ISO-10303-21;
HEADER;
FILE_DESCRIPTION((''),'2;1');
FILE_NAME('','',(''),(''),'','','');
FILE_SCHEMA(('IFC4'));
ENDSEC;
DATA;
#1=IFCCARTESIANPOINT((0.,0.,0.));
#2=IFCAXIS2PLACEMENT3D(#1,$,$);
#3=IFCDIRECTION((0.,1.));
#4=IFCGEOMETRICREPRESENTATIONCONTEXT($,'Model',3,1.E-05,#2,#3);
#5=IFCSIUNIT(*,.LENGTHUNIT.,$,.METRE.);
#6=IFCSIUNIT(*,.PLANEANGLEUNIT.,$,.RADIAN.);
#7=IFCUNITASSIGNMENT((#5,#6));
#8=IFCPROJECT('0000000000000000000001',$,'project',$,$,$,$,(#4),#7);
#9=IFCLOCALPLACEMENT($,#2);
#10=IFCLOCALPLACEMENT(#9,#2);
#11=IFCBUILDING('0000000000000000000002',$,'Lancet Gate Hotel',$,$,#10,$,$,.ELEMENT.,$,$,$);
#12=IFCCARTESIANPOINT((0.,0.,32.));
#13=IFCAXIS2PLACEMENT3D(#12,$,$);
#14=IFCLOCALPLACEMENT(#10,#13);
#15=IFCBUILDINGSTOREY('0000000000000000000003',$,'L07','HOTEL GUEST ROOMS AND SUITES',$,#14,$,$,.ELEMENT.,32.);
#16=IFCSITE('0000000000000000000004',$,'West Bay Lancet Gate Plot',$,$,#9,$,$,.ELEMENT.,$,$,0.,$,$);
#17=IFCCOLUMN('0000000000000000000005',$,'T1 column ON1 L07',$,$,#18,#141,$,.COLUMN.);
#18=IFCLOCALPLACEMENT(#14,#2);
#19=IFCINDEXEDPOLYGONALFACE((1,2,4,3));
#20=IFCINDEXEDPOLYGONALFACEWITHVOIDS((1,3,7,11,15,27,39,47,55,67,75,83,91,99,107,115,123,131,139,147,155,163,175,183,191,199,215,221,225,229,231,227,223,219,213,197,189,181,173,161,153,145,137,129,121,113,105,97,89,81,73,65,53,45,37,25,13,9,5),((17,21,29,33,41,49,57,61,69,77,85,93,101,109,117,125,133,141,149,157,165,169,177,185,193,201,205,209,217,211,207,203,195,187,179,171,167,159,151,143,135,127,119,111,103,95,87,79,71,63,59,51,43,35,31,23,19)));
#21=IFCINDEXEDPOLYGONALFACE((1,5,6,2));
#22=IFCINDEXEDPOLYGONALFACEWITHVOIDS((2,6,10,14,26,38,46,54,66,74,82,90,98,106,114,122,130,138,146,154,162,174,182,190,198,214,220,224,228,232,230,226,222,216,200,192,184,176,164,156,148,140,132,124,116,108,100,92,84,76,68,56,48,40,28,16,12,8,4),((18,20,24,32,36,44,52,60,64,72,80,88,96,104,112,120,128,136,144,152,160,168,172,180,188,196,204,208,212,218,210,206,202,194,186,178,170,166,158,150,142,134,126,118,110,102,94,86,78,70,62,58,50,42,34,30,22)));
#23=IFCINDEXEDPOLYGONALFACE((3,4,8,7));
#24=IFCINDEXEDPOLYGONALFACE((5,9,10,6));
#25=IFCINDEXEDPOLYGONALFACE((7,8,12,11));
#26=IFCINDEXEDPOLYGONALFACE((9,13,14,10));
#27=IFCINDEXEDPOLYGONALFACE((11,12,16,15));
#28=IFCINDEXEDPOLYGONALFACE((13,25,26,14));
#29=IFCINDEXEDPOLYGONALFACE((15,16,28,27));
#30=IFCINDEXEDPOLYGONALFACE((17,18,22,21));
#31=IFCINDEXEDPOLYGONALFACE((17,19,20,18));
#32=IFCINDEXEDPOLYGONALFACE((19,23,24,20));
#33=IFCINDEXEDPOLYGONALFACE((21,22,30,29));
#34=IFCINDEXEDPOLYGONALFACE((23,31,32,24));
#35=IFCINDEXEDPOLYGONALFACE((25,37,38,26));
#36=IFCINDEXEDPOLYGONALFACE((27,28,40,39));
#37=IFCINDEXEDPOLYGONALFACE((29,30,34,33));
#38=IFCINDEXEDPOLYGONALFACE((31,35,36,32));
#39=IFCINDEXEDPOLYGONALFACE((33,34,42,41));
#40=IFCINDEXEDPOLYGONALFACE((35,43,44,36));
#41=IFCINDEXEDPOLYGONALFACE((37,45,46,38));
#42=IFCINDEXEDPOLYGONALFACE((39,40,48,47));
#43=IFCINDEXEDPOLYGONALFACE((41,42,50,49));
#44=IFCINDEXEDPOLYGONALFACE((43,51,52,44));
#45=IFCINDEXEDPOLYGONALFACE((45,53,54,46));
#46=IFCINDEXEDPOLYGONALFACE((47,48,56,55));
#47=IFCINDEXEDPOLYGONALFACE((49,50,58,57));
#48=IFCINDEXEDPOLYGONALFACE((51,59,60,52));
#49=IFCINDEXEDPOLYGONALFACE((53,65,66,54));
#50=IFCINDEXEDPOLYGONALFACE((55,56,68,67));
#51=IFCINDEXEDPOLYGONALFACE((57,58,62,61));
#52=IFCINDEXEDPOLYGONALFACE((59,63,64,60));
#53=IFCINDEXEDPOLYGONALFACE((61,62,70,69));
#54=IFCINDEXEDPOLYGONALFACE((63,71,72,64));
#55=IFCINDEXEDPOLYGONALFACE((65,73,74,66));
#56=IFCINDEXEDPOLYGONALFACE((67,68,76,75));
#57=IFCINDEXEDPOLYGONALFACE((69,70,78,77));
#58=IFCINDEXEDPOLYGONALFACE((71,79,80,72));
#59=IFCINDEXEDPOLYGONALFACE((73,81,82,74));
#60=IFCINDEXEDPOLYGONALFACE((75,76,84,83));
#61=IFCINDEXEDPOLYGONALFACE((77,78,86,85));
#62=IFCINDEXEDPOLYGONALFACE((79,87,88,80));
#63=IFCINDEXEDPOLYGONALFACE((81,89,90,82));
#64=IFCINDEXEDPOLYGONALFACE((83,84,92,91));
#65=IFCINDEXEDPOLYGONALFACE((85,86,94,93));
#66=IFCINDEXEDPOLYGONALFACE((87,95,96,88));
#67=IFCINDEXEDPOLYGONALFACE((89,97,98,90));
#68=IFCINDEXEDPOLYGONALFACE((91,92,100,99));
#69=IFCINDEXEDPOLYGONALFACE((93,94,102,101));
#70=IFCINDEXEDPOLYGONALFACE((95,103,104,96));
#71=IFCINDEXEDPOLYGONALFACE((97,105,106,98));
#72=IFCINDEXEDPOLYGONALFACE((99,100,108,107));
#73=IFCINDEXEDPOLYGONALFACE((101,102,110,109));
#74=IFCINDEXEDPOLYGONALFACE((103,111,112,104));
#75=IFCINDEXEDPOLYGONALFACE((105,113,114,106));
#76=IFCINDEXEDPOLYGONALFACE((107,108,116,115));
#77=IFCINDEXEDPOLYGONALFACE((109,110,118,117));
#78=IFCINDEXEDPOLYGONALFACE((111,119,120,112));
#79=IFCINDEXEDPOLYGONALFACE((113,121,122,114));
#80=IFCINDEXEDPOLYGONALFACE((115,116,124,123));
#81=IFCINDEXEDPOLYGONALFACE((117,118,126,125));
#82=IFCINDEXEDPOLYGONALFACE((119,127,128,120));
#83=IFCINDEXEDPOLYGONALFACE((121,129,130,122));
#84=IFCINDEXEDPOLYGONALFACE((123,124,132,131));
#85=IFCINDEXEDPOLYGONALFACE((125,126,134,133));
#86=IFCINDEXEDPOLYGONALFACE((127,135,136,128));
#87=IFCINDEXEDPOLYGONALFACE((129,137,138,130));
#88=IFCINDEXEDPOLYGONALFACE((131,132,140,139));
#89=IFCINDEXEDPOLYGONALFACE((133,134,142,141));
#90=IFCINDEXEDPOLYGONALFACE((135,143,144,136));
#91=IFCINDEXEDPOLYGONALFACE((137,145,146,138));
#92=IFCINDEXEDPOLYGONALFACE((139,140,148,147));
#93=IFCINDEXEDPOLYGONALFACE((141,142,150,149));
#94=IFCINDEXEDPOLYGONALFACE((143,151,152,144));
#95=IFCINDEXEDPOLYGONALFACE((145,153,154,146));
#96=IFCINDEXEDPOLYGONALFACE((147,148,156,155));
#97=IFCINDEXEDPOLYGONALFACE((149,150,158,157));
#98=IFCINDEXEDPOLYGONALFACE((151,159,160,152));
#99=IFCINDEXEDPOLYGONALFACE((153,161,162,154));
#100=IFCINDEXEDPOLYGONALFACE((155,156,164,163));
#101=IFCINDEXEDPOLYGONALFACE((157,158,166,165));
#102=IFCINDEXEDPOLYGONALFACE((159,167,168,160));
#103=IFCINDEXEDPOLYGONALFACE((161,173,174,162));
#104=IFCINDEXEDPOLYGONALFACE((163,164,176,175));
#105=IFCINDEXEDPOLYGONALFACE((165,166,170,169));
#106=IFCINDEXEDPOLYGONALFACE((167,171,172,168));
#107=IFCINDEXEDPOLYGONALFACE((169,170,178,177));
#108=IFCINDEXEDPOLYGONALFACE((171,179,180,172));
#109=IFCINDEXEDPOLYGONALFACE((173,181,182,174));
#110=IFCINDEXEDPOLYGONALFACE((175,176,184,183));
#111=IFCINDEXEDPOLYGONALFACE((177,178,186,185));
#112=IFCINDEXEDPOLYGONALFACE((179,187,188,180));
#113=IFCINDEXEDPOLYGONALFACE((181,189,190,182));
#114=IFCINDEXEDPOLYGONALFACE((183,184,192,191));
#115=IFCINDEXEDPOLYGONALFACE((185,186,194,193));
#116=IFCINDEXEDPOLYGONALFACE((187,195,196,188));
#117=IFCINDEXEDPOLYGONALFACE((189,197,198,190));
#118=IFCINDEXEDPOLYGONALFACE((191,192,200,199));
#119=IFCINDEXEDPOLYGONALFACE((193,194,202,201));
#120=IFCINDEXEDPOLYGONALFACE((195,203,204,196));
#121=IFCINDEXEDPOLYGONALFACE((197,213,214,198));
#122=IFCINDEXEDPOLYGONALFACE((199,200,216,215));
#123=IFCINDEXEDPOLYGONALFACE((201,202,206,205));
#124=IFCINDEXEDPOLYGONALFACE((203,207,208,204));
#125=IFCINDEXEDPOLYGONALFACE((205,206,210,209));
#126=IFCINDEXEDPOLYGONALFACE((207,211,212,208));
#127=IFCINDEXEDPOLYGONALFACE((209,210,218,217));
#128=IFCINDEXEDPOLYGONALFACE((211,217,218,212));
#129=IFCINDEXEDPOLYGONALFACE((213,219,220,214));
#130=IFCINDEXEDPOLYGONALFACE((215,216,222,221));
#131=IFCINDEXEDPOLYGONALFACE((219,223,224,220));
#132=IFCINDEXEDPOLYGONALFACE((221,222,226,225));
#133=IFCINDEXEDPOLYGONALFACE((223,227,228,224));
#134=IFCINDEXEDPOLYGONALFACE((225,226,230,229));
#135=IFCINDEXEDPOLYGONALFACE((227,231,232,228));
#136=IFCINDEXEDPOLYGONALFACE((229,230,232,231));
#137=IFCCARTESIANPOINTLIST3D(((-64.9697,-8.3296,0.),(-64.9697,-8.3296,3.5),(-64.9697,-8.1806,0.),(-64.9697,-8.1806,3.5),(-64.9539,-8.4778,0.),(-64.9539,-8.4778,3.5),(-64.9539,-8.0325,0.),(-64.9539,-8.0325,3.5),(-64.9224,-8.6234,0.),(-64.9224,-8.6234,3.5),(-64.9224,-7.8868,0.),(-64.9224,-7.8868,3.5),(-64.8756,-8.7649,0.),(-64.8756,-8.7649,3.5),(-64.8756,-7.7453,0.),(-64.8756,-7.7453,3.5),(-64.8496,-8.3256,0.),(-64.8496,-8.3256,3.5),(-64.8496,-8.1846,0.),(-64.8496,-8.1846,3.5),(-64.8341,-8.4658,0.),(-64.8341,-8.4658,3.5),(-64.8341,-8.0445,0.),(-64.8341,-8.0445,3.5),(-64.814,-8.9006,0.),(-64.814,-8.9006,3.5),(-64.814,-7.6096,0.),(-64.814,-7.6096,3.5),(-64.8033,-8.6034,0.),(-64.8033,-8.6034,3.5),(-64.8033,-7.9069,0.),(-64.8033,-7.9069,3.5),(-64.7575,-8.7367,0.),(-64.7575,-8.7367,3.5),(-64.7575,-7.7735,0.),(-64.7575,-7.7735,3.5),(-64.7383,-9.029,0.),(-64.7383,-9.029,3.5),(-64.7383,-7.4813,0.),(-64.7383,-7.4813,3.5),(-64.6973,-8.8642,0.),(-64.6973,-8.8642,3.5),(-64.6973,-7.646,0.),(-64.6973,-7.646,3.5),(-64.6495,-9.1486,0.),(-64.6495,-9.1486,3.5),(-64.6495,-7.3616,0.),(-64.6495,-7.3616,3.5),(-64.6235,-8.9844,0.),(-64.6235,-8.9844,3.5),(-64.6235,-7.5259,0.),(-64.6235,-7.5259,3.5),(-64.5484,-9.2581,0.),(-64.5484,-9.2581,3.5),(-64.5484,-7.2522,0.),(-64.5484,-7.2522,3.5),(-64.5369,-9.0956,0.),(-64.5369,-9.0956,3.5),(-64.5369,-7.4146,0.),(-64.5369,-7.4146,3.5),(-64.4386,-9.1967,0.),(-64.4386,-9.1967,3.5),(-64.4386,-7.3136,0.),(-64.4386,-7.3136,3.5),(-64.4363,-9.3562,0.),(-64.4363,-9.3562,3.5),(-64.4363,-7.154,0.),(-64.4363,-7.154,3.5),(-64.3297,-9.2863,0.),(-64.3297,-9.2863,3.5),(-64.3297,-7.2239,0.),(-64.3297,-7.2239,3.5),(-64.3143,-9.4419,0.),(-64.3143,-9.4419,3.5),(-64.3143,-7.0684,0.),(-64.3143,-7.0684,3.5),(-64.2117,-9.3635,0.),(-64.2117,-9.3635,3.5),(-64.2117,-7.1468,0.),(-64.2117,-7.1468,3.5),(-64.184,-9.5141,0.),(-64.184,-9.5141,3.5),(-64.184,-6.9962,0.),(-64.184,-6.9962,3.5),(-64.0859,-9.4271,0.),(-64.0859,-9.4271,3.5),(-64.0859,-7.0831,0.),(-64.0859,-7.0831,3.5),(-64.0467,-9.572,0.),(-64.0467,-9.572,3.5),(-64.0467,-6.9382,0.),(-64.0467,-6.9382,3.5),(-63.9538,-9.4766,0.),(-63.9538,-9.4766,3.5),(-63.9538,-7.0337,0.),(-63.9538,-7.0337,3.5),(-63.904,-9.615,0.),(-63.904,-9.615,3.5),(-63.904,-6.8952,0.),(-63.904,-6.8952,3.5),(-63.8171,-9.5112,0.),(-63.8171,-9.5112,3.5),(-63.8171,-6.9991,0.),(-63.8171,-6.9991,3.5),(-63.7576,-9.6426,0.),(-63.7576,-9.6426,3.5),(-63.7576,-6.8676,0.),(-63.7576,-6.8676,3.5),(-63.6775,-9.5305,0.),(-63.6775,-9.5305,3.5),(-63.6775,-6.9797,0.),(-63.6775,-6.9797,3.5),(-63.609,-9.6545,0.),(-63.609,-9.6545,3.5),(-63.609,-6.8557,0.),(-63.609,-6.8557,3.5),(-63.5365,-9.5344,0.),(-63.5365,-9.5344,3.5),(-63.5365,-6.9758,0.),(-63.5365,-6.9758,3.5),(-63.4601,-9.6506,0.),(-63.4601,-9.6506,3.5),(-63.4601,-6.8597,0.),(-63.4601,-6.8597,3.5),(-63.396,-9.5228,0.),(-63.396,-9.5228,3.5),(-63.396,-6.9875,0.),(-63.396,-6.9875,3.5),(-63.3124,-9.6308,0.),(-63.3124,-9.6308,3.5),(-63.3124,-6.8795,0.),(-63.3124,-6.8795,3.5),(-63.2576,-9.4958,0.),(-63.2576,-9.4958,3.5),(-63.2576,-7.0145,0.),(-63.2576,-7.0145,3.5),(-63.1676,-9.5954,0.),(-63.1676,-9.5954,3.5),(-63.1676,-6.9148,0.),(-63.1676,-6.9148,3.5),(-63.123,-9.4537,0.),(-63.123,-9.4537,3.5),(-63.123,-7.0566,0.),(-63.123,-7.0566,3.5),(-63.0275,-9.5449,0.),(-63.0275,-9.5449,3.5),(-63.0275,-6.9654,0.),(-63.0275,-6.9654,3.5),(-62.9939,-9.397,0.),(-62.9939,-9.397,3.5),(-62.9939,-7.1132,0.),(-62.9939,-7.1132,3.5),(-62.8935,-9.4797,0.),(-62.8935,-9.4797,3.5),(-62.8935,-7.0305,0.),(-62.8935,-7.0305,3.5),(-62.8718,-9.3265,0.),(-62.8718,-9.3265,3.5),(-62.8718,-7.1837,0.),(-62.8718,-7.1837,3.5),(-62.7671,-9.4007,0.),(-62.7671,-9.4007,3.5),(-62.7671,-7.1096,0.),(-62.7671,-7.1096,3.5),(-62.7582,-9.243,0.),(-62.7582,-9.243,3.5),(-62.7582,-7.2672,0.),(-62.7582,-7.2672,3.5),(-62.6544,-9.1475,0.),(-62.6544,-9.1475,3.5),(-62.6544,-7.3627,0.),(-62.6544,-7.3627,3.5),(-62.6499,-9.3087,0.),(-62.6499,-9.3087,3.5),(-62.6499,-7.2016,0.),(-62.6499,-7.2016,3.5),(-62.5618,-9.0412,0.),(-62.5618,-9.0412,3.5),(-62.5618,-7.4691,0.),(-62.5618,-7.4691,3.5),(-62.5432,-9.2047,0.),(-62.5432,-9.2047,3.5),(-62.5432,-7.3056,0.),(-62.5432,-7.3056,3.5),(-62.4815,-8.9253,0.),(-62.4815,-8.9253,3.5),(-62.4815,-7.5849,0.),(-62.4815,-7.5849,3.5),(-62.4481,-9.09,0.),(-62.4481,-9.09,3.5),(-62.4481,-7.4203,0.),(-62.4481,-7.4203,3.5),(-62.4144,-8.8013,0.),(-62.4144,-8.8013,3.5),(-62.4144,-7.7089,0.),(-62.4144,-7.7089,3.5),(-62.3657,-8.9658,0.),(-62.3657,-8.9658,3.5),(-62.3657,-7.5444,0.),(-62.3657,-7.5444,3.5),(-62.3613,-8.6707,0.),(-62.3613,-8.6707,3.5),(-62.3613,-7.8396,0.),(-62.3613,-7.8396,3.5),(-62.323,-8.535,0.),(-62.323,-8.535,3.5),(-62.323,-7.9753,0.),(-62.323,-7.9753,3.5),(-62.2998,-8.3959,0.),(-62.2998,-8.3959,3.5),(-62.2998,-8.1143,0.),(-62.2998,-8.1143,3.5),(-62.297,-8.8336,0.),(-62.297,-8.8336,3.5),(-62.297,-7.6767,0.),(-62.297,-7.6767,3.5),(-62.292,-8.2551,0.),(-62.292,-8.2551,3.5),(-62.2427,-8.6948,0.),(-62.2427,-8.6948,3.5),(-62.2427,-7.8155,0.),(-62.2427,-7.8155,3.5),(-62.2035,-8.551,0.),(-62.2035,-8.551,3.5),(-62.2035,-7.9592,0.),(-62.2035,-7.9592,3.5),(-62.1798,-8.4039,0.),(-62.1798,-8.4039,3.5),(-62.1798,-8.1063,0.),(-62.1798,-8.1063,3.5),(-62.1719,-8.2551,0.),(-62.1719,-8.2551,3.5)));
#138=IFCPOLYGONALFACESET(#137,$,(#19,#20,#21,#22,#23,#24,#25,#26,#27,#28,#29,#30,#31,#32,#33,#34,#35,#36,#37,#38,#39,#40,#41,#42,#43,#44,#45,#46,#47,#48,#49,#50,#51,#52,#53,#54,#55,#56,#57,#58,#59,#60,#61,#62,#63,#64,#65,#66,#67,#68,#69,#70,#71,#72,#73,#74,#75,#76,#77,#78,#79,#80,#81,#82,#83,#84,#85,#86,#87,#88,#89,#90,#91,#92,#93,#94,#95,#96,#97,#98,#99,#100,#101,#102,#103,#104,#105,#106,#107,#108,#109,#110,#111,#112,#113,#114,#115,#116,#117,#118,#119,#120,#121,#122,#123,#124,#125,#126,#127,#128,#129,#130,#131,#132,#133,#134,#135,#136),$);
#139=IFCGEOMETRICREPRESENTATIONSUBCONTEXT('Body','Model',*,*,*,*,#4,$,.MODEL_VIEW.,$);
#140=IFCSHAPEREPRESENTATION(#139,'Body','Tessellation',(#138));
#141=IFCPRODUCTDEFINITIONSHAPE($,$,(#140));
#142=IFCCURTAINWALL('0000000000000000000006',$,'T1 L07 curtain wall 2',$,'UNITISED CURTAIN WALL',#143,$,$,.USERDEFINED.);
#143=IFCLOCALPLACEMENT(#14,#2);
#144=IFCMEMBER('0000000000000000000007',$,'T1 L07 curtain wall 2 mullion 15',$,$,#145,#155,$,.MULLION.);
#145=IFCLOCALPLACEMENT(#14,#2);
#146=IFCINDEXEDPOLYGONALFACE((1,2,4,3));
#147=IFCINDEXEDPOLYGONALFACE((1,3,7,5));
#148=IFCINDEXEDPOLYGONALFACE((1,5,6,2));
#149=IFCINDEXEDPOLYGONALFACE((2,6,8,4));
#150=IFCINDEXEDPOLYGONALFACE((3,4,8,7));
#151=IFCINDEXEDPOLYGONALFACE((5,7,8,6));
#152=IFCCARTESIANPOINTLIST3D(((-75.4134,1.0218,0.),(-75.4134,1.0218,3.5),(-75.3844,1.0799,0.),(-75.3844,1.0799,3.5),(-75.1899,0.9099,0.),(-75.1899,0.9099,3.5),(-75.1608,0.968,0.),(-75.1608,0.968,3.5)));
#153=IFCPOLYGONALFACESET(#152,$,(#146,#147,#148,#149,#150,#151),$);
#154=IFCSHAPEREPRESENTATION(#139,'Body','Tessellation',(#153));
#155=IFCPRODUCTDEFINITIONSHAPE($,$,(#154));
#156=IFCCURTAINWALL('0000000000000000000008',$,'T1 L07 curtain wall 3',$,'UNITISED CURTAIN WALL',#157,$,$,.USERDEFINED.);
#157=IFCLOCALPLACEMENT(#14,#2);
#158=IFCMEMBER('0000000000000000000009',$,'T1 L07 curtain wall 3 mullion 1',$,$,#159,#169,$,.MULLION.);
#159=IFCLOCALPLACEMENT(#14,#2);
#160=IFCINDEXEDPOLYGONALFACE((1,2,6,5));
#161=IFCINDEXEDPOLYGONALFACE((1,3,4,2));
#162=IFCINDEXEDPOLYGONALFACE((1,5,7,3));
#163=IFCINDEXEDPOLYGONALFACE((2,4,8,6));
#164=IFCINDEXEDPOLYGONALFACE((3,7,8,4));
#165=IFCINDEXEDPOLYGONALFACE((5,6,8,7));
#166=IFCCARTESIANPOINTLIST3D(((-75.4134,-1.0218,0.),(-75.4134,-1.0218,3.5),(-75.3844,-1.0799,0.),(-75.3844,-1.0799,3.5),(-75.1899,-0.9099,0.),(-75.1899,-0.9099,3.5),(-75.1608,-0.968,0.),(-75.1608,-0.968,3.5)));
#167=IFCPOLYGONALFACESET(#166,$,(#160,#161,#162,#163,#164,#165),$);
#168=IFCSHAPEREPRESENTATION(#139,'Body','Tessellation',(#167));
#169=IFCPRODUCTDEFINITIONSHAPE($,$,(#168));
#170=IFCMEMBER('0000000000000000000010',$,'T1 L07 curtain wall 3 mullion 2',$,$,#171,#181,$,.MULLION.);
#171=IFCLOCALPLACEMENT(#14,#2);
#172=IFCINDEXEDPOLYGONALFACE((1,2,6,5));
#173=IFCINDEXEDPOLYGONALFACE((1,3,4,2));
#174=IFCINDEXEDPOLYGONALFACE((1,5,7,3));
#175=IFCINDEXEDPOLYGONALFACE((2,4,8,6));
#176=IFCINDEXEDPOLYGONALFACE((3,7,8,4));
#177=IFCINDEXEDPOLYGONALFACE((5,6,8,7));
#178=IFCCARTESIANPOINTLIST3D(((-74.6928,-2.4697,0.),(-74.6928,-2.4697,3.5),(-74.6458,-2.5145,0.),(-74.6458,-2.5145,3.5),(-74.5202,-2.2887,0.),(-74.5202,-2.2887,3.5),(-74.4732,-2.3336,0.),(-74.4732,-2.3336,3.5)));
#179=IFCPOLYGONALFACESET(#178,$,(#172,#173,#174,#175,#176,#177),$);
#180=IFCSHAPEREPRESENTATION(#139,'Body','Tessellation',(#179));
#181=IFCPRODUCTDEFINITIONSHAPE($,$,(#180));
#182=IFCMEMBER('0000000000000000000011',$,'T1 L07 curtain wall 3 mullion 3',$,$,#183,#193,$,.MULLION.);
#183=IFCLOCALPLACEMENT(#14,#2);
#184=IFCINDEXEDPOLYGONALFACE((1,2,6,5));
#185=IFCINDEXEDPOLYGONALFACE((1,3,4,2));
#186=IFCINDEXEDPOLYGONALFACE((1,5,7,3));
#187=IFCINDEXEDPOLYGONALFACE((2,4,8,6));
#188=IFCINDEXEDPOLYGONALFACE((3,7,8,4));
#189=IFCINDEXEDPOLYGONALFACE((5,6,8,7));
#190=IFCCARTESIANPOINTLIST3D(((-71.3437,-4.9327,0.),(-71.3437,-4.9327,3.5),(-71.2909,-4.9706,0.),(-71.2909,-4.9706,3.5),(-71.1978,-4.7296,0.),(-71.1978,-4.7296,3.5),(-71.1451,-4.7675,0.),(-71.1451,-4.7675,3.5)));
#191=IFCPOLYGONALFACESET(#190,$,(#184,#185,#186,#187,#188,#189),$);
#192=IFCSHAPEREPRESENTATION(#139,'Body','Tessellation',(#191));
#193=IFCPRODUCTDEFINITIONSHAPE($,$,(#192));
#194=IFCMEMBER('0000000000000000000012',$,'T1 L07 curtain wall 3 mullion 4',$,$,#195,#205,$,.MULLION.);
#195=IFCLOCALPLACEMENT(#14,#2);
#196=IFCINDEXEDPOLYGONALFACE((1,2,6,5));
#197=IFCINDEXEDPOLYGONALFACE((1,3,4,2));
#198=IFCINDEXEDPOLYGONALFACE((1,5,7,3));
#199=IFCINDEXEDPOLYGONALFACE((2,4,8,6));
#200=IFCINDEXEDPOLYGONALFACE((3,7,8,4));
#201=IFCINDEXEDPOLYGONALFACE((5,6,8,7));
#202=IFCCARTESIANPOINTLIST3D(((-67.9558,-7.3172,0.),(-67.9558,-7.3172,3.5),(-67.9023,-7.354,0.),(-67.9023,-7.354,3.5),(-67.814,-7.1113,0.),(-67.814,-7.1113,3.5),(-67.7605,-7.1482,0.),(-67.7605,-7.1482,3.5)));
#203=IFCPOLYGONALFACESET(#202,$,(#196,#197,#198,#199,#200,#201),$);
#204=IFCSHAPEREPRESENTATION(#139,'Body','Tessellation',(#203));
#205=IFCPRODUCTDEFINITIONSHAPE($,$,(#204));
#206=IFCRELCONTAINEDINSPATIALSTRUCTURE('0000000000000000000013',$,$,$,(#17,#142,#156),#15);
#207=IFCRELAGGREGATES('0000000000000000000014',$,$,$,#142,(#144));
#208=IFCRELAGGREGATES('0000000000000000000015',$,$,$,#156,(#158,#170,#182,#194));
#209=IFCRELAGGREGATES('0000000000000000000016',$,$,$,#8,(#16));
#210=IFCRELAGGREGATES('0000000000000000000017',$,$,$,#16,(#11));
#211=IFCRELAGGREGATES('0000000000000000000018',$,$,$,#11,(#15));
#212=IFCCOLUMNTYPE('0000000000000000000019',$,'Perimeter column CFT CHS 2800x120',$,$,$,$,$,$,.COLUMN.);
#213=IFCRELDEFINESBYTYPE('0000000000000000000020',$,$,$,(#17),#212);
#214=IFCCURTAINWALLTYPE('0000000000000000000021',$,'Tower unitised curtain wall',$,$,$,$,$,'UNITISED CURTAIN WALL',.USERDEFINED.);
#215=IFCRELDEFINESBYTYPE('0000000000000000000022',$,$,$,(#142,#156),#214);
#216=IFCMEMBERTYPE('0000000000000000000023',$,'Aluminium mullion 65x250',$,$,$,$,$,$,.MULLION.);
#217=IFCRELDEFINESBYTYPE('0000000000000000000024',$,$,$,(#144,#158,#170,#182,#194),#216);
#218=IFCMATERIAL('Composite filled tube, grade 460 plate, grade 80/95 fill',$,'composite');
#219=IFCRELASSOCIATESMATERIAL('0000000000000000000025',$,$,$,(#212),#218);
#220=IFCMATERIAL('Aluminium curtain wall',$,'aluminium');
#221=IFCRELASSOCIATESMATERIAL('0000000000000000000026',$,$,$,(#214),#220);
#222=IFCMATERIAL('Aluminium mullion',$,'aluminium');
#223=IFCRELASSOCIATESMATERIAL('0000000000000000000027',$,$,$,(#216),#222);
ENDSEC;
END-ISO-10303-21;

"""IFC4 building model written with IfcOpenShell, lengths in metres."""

from ifc_helpers import new_model, si_unit, direction, frame, origin, origin_2d, place, context, subcontext, project, spatial, rectangle, hollow_circle, extrude, material, material_profile, profile_set, type_object, element, aggregate, save


model = new_model("IFC4")

# Units and contexts
model_context = context("Model", 3, precision=1e-05, world=origin(), true_north=direction((0.0, 1.0)))
body_context = subcontext(model_context, "Body", "Model", "MODEL_VIEW")
ifc_project = project(units=[si_unit("LENGTHUNIT", "METRE"), si_unit("PLANEANGLEUNIT", "RADIAN")], contexts=[model_context])

# Site, building, storey
site_placement = place(None, origin())
site = spatial("IfcSite", under=ifc_project, at=site_placement, Name="West Bay Lancet Gate Plot", CompositionType="ELEMENT", RefElevation=0.0)
building_placement = place(site_placement, origin())
building = spatial("IfcBuilding", under=site, at=building_placement, Name="Lancet Gate Hotel", CompositionType="ELEMENT")
storey_placement = place(building_placement, frame((0.0, 0.0, 32.0)))
storey = spatial("IfcBuildingStorey", under=building, at=storey_placement, Name="L07", Description="HOTEL GUEST ROOMS AND SUITES", CompositionType="ELEMENT", Elevation=32.0)

# Column
ifc_material_1 = material(Name="Composite filled tube, grade 460 plate, grade 80/95 fill", Category="composite")
ifc_material_profile_1 = material_profile(ifc_material_1, hollow_circle(Radius=1.3999, WallThickness=0.1201, at=origin_2d()), Name="CHS 2800x120")
ifc_profile_set_1 = profile_set([ifc_material_profile_1], Name="Composite filled tube, grade 460 plate, grade 80/95 fill")
column_type_1 = type_object("IfcColumnType", Name="Perimeter column CFT CHS 2800x120", PredefinedType="COLUMN", material=ifc_profile_set_1)
column_1_placement = place(storey_placement, frame((-63.5718, -8.2551, 0.0), z_axis=(0.0, 0.0, 1.0), x_axis=(1.0, 0.0, 0.0)))
element("IfcColumn", 1, at=column_1_placement, inside=storey, type_object=column_type_1, Name="T1 column ON1 L07", PredefinedType="COLUMN", context=body_context, shape_type="SweptSolid", body=[
    extrude(hollow_circle(Radius=1.3999, WallThickness=0.1201, at=origin_2d()), origin(), (0.0, 0.0, 1.0), 3.5),
])

# Curtain wall, member
ifc_material_2 = material(Name="Aluminium curtain wall", Category="aluminium")
curtain_wall_type = type_object("IfcCurtainWallType", Name="Tower unitised curtain wall", ElementType="UNITISED CURTAIN WALL", PredefinedType="USERDEFINED", material=ifc_material_2)
curtain_wall_1_placement = place(storey_placement, origin())
curtain_wall_1 = element("IfcCurtainWall", 2, at=curtain_wall_1_placement, inside=storey, type_object=curtain_wall_type, Name="T1 L07 curtain wall 2", ObjectType="UNITISED CURTAIN WALL", PredefinedType="USERDEFINED")
ifc_material_3 = material(Name="Aluminium mullion", Category="aluminium")
ifc_material_profile_2 = material_profile(ifc_material_3, rectangle(XDim=0.0649, YDim=0.25, at=origin_2d()), Name="MULLION 65x250")
ifc_profile_set_2 = profile_set([ifc_material_profile_2], Name="Aluminium mullion")
member_type_1 = type_object("IfcMemberType", Name="Aluminium mullion 65x250", PredefinedType="MULLION", material=ifc_profile_set_2)
member_1_placement = place(storey_placement, frame((-75.2871, 0.9949, 0.0), z_axis=(0.0, 0.0, 1.0), x_axis=(-0.447628, -0.89422, 0.0)))
member_1 = element("IfcMember", 3, at=member_1_placement, type_object=member_type_1, Name="T1 L07 curtain wall 2 mullion 15", PredefinedType="MULLION", context=body_context, shape_type="SweptSolid", body=[
    extrude(rectangle(XDim=0.0649, YDim=0.25, at=origin_2d()), origin(), (0.0, 0.0, 1.0), 3.5),
])
aggregate(curtain_wall_1, [member_1])

# Curtain wall, members
curtain_wall_2_placement = place(storey_placement, origin())
curtain_wall_2 = element("IfcCurtainWall", 4, at=curtain_wall_2_placement, inside=storey, type_object=curtain_wall_type, Name="T1 L07 curtain wall 3", ObjectType="UNITISED CURTAIN WALL", PredefinedType="USERDEFINED")
member_2_placement = place(storey_placement, frame((-75.2871, -0.9949, 0.0), z_axis=(0.0, 0.0, 1.0), x_axis=(0.447628, -0.89422, 0.0)))
member_2 = element("IfcMember", 5, at=member_2_placement, type_object=member_type_1, Name="T1 L07 curtain wall 3 mullion 1", PredefinedType="MULLION", context=body_context, shape_type="SweptSolid", body=[
    extrude(rectangle(XDim=0.0649, YDim=0.25, at=origin_2d()), origin(), (0.0, 0.0, 1.0), 3.5),
])
member_3_placement = place(storey_placement, frame((-74.583, -2.4016, 0.0), z_axis=(0.0, 0.0, 1.0), x_axis=(0.723696, -0.690119, 0.0)))
member_3 = element("IfcMember", 6, at=member_3_placement, type_object=member_type_1, Name="T1 L07 curtain wall 3 mullion 2", PredefinedType="MULLION", context=body_context, shape_type="SweptSolid", body=[
    extrude(rectangle(XDim=0.0649, YDim=0.25, at=origin_2d()), origin(), (0.0, 0.0, 1.0), 3.5),
])
member_4_placement = place(storey_placement, frame((-71.2444, -4.8501, 0.0), z_axis=(0.0, 0.0, 1.0), x_axis=(0.812147, -0.583453, 0.0)))
member_4 = element("IfcMember", 7, at=member_4_placement, type_object=member_type_1, Name="T1 L07 curtain wall 3 mullion 3", PredefinedType="MULLION", context=body_context, shape_type="SweptSolid", body=[
    extrude(rectangle(XDim=0.0649, YDim=0.25, at=origin_2d()), origin(), (0.0, 0.0, 1.0), 3.5),
])
member_5_placement = place(storey_placement, frame((-67.8582, -7.2327, 0.0), z_axis=(0.0, 0.0, 1.0), x_axis=(0.823425, -0.567425, 0.0)))
member_5 = element("IfcMember", 8, at=member_5_placement, type_object=member_type_1, Name="T1 L07 curtain wall 3 mullion 4", PredefinedType="MULLION", context=body_context, shape_type="SweptSolid", body=[
    extrude(rectangle(XDim=0.0649, YDim=0.25, at=origin_2d()), origin(), (0.0, 0.0, 1.0), 3.5),
])

aggregate(curtain_wall_2, [member_2, member_3, member_4, member_5])

save(model, "model.ifc")
